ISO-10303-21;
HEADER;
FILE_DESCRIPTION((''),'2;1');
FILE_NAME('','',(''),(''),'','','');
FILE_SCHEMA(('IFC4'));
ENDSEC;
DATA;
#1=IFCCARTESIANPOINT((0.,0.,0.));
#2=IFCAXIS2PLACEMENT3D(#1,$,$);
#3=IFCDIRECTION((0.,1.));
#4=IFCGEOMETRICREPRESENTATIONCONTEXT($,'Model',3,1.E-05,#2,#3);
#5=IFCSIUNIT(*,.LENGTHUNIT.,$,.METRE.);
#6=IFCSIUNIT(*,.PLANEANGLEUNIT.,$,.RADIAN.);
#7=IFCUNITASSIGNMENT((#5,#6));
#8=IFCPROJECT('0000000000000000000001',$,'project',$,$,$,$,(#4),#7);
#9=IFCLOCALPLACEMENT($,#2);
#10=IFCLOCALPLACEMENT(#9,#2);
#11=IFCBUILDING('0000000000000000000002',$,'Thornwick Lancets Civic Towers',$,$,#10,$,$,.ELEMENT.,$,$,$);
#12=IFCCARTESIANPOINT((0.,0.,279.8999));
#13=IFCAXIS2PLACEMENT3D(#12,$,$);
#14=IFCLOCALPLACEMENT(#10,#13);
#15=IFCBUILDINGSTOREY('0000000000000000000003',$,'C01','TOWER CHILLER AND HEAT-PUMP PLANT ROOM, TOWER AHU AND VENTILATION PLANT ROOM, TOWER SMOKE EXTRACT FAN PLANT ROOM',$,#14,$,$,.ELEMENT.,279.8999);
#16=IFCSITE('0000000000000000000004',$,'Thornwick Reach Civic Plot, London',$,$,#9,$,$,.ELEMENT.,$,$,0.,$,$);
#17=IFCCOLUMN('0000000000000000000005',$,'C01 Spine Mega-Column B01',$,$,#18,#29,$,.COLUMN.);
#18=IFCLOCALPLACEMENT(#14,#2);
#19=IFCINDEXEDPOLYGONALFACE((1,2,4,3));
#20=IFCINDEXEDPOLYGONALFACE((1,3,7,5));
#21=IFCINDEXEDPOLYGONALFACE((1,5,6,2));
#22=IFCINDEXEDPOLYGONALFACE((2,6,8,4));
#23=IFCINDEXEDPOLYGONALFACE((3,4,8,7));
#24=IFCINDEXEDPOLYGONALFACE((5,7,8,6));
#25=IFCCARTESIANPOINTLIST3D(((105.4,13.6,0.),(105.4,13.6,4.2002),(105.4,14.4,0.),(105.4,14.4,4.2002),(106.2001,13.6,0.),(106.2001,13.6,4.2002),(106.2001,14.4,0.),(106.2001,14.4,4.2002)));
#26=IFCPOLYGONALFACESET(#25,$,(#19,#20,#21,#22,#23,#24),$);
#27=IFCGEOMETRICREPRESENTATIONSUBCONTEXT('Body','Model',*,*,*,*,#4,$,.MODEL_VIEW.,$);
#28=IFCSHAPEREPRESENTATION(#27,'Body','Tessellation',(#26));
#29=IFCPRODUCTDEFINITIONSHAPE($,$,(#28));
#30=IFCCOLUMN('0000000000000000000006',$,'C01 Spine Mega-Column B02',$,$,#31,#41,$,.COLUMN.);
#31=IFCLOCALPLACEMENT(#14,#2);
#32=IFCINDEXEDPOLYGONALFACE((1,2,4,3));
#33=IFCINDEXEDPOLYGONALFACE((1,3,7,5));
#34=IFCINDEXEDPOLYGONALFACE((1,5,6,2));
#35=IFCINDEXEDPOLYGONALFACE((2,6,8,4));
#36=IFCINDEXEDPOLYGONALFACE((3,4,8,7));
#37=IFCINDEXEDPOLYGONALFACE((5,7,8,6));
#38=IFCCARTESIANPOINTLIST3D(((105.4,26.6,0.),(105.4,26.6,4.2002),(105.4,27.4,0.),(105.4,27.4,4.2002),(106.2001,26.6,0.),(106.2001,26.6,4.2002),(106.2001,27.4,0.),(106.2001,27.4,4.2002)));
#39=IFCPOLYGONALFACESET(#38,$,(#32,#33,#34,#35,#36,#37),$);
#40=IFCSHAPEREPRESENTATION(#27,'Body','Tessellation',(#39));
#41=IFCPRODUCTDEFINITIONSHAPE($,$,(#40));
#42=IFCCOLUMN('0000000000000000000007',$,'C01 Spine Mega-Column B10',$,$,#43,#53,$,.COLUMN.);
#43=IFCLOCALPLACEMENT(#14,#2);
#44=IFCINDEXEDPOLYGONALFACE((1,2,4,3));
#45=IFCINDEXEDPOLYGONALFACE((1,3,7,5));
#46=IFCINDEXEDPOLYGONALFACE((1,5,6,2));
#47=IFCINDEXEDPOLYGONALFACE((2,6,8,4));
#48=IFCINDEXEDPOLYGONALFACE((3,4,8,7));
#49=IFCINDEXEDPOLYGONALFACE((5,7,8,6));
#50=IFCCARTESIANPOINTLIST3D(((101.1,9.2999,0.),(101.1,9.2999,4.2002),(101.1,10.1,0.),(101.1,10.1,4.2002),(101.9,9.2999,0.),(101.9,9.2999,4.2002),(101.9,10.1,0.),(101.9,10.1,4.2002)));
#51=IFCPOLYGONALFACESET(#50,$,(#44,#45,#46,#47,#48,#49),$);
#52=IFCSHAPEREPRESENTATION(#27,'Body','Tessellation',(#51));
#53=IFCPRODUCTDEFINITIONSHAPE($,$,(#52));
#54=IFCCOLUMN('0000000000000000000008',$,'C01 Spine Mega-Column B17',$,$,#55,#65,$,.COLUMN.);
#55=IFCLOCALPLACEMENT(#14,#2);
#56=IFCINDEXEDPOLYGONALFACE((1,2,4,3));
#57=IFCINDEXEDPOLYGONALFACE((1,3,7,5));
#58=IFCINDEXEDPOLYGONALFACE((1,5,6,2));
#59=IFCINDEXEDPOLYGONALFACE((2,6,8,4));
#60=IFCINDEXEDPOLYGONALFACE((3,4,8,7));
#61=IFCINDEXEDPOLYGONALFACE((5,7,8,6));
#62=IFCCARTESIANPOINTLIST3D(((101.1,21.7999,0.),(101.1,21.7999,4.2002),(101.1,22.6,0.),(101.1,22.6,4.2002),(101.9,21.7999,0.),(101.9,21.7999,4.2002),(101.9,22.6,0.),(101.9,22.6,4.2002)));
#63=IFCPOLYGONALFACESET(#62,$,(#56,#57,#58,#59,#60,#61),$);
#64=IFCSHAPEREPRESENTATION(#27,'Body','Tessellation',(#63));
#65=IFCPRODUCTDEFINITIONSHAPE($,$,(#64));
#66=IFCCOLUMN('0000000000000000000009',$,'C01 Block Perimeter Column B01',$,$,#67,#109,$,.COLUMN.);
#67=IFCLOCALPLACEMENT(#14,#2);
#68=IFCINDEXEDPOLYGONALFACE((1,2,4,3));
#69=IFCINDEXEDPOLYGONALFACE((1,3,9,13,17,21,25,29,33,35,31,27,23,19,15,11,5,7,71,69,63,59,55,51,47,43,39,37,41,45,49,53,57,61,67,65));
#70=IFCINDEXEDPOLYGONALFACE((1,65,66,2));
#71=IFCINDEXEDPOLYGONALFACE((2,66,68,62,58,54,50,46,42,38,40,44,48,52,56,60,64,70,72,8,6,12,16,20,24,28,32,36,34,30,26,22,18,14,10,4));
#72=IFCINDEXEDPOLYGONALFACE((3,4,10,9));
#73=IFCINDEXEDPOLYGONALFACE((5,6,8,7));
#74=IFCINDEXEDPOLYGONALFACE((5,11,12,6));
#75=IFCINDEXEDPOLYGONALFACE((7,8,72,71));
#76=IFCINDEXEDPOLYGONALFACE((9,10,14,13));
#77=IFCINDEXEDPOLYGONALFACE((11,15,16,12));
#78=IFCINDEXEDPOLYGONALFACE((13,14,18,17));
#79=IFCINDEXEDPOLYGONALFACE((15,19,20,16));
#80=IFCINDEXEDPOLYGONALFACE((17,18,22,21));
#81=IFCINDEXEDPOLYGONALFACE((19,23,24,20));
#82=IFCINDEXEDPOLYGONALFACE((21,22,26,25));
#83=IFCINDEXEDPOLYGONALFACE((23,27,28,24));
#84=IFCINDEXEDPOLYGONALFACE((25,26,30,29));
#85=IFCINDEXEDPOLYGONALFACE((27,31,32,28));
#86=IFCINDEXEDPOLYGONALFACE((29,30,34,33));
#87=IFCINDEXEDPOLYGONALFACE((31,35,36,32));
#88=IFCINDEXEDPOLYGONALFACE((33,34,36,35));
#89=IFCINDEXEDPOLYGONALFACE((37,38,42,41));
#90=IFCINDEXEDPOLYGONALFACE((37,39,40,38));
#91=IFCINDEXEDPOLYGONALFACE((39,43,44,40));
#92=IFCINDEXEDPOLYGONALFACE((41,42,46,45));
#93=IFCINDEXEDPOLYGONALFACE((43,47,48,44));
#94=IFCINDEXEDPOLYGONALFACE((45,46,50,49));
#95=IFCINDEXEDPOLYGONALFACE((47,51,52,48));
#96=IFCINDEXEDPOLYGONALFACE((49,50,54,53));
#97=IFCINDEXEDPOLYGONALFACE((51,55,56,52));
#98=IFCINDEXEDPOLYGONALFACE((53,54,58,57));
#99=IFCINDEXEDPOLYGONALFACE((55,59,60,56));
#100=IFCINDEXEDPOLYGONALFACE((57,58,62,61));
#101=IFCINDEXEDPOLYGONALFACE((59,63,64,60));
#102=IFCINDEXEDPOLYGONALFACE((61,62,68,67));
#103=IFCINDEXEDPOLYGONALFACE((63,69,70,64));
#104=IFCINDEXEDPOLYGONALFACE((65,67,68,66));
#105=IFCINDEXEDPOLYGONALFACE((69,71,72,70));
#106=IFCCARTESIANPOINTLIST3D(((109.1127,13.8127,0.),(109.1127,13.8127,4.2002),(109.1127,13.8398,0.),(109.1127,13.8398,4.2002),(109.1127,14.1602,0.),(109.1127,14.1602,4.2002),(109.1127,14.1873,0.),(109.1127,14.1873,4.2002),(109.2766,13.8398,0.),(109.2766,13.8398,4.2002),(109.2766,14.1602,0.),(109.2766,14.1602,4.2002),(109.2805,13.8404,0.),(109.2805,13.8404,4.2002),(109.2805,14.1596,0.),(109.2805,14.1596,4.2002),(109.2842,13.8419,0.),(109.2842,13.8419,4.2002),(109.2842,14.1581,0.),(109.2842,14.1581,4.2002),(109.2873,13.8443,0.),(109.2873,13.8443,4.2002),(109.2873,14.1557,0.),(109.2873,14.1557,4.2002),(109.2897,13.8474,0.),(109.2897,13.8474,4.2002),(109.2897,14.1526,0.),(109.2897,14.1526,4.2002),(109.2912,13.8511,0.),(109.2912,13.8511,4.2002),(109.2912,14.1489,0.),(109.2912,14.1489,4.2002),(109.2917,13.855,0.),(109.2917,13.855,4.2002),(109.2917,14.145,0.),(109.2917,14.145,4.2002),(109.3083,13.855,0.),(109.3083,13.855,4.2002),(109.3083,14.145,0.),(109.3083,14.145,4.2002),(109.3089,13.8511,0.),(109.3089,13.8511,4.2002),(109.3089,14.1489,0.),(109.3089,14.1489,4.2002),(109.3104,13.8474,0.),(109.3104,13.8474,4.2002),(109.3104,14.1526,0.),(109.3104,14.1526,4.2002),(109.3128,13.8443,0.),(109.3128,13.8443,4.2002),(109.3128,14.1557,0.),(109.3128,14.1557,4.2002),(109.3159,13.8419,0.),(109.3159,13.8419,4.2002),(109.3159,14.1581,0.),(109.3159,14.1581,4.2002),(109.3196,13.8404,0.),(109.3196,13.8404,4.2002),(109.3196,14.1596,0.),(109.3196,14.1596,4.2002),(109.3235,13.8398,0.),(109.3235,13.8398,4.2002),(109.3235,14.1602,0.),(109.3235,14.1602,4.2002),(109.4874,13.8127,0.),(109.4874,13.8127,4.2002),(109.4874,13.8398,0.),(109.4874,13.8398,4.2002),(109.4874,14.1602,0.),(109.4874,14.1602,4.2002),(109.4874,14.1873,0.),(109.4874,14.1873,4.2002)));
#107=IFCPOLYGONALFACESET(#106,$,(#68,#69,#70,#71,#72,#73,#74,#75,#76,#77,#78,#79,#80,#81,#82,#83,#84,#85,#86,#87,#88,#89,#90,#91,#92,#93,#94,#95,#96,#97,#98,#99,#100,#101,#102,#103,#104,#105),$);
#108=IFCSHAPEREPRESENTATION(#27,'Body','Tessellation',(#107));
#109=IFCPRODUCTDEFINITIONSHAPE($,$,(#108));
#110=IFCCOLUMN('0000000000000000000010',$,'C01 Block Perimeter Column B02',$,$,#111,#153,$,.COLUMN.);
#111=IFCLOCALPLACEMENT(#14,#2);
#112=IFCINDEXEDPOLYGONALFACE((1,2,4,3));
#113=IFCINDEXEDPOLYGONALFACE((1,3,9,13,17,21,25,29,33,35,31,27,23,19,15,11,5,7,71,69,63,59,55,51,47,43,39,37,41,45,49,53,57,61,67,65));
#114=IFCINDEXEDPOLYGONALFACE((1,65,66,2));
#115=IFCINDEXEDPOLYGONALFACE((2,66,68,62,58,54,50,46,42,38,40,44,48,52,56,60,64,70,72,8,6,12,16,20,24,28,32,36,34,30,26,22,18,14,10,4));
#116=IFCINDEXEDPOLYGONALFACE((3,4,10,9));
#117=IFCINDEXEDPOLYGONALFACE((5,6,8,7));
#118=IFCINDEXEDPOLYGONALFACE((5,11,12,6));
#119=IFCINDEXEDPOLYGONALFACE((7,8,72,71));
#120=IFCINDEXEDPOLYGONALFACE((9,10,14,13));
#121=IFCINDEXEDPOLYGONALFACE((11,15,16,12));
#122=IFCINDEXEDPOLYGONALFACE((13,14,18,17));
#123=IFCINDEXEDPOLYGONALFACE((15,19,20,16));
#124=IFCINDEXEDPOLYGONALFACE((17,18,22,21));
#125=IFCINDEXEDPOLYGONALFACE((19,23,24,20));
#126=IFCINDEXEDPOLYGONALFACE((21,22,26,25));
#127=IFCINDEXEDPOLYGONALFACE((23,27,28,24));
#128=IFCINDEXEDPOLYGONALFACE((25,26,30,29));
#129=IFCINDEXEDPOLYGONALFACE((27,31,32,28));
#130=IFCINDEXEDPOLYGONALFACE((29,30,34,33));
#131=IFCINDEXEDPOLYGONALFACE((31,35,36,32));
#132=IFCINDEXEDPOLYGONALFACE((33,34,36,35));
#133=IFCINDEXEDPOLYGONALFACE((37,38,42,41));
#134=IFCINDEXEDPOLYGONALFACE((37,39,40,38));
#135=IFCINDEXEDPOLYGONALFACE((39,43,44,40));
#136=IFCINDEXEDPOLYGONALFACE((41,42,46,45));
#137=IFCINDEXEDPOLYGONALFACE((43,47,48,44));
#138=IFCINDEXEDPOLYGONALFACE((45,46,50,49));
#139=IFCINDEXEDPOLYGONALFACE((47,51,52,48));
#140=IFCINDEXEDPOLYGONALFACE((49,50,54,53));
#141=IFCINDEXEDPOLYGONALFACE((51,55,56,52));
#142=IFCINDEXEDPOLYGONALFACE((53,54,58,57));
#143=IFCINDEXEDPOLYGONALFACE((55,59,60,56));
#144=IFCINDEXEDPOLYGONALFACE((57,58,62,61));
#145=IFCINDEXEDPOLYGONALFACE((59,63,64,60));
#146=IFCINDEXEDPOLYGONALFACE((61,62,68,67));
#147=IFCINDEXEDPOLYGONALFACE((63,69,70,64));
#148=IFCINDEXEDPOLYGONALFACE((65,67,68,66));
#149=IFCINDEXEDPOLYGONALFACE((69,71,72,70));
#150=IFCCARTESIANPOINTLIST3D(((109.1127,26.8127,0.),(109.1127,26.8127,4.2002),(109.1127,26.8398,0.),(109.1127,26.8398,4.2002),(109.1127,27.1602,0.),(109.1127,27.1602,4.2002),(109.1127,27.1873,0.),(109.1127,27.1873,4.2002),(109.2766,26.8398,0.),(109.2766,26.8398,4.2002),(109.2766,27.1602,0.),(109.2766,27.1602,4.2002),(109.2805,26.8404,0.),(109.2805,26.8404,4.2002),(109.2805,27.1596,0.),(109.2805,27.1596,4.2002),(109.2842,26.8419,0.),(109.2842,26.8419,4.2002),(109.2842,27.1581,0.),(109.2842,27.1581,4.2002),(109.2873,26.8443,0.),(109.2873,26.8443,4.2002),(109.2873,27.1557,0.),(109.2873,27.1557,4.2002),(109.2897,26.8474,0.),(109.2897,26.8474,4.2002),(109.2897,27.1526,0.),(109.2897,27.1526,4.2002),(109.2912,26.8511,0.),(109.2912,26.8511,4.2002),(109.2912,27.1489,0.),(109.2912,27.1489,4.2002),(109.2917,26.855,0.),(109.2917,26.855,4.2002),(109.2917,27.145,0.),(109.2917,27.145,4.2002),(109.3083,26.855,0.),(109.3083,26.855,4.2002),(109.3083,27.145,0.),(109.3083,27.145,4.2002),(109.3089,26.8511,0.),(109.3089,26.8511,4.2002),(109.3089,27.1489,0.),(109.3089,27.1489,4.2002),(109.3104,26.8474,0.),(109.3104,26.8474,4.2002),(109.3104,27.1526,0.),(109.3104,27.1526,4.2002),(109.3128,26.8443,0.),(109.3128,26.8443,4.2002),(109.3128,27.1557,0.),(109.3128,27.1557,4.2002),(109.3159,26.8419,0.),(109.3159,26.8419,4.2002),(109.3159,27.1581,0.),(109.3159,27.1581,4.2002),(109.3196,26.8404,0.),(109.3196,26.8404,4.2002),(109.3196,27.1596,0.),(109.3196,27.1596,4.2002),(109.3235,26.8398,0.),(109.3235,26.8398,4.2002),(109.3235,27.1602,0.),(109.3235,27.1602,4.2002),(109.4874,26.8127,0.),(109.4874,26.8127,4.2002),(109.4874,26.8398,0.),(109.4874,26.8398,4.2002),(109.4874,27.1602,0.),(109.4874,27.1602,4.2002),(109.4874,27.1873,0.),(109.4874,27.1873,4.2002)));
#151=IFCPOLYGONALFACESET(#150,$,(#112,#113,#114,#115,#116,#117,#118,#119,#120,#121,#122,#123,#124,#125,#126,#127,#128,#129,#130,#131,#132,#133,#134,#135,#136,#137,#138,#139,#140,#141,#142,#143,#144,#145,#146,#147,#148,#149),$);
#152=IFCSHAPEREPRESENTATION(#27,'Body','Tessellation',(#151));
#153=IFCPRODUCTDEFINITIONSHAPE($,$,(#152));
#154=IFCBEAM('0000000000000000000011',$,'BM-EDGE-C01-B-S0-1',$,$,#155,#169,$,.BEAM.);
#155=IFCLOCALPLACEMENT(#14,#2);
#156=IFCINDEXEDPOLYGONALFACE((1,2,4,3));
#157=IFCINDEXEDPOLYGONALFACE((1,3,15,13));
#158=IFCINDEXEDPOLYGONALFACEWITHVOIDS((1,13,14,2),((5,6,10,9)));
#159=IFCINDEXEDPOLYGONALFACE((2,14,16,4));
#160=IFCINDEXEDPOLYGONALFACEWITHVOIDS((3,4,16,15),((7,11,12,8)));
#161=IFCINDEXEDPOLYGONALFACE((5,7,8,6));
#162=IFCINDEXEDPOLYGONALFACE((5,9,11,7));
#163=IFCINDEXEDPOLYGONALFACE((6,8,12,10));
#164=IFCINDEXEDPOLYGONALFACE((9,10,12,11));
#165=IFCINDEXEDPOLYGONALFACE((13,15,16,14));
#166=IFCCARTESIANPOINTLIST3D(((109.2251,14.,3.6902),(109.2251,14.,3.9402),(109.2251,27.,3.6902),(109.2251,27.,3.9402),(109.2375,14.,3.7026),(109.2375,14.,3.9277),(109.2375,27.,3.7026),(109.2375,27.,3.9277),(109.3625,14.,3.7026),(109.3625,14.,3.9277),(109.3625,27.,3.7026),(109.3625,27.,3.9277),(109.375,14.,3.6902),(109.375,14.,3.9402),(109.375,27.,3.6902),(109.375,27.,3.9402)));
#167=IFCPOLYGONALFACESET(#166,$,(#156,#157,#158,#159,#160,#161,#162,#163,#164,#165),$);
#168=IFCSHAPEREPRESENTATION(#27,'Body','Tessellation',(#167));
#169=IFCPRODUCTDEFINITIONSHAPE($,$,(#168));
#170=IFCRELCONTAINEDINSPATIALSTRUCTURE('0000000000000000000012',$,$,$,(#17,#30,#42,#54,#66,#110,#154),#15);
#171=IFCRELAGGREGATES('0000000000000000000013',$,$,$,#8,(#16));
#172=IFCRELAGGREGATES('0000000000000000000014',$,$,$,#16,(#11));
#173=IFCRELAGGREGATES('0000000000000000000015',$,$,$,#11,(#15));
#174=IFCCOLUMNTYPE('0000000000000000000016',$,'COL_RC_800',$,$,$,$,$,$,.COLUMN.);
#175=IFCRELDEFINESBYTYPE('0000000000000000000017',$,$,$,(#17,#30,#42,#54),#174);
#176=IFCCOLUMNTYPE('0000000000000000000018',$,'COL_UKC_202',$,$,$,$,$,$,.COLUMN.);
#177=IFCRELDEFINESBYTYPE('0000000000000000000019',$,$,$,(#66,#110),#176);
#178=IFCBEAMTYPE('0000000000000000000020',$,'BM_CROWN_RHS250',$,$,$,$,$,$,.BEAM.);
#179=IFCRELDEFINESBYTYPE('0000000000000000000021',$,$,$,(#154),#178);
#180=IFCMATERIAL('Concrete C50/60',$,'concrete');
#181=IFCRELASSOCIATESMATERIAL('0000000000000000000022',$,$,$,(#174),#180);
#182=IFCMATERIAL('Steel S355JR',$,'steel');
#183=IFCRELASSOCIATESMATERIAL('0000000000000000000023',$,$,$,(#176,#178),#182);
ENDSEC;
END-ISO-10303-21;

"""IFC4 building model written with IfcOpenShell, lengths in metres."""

from ifc_helpers import new_model, si_unit, direction, frame, origin, origin_2d, place, context, subcontext, project, spatial, rectangle, hollow_rectangle, i_section, extrude, material, material_profile, profile_set, type_object, element, save


model = new_model("IFC4")

# Units and contexts
model_context = context("Model", 3, precision=1e-05, world=origin(), true_north=direction((0.0, 1.0)))
body_context = subcontext(model_context, "Body", "Model", "MODEL_VIEW")
ifc_project = project(units=[si_unit("LENGTHUNIT", "METRE"), si_unit("PLANEANGLEUNIT", "RADIAN")], contexts=[model_context])

# Site, building, storey
site_placement = place(None, origin())
site = spatial("IfcSite", under=ifc_project, at=site_placement, Name="Thornwick Reach Civic Plot, London", CompositionType="ELEMENT", RefElevation=0.0)
building_placement = place(site_placement, origin())
building = spatial("IfcBuilding", under=site, at=building_placement, Name="Thornwick Lancets Civic Towers", CompositionType="ELEMENT")
storey_placement = place(building_placement, frame((0.0, 0.0, 279.8999)))
storey = spatial("IfcBuildingStorey", under=building, at=storey_placement, Name="C01", Description="TOWER CHILLER AND HEAT-PUMP PLANT ROOM, TOWER AHU AND VENTILATION PLANT ROOM, TOWER SMOKE EXTRACT FAN PLANT ROOM", CompositionType="ELEMENT", Elevation=279.8999)

# Columns
ifc_material_1 = material(Name="Concrete C50/60", Category="concrete")
ifc_material_profile_1 = material_profile(ifc_material_1, rectangle(XDim=0.8, YDim=0.8, at=origin_2d()), Name="RC 800x800")
ifc_profile_set_1 = profile_set([ifc_material_profile_1], Name="Concrete C50/60")
column_type_1 = type_object("IfcColumnType", Name="COL_RC_800", PredefinedType="COLUMN", material=ifc_profile_set_1)
for number, where, z_axis, x_axis, name in (
    (1, (105.8, 14.0, 0.0), (0.0, 0.0, 1.0), (1.0, 0.0, 0.0), "C01 Spine Mega-Column B01"),
    (2, (105.8, 27.0, 0.0), (0.0, 0.0, 1.0), (1.0, 0.0, 0.0), "C01 Spine Mega-Column B02"),
    (3, (101.5, 9.7, 0.0), (0.0, 0.0, 1.0), (1.0, 0.0, 0.0), "C01 Spine Mega-Column B10"),
    (4, (101.5, 22.2, 0.0), (0.0, 0.0, 1.0), (1.0, 0.0, 0.0), "C01 Spine Mega-Column B17"),
):
    element("IfcColumn", number, at=place(storey_placement, frame(where, z_axis=z_axis, x_axis=x_axis)), inside=storey, type_object=column_type_1, Name=name, PredefinedType="COLUMN", context=body_context, shape_type="SweptSolid", body=[
        extrude(rectangle(XDim=0.8, YDim=0.8, at=origin_2d()), origin(), (0.0, 0.0, 1.0), 4.2002),
    ])
ifc_material_2 = material(Name="Steel S355JR", Category="steel")
ifc_material_profile_2 = material_profile(ifc_material_2, i_section(OverallWidth=0.3748, OverallDepth=0.3745, WebThickness=0.0166, FlangeThickness=0.0271, FilletRadius=0.0151, at=origin_2d()), Name="UKC 356x368x202")
ifc_profile_set_2 = profile_set([ifc_material_profile_2], Name="Steel S355JR")
column_type_2 = type_object("IfcColumnType", Name="COL_UKC_202", PredefinedType="COLUMN", material=ifc_profile_set_2)
for number, where, z_axis, x_axis, name in (
    (5, (109.3, 14.0, 0.0), (0.0, 0.0, 1.0), (1.0, 0.0, 0.0), "C01 Block Perimeter Column B01"),
    (6, (109.3, 27.0, 0.0), (0.0, 0.0, 1.0), (1.0, 0.0, 0.0), "C01 Block Perimeter Column B02"),
):
    element("IfcColumn", number, at=place(storey_placement, frame(where, z_axis=z_axis, x_axis=x_axis)), inside=storey, type_object=column_type_2, Name=name, PredefinedType="COLUMN", context=body_context, shape_type="SweptSolid", body=[
        extrude(i_section(OverallWidth=0.3748, OverallDepth=0.3745, WebThickness=0.0166, FlangeThickness=0.0271, FilletRadius=0.0151, at=origin_2d()), origin(), (0.0, 0.0, 1.0), 4.2002),
    ])

# Beam
ifc_material_profile_3 = material_profile(ifc_material_2, hollow_rectangle(XDim=0.1499, YDim=0.25, WallThickness=0.0125, at=origin_2d()), Name="RHS 250x150x12.5")
ifc_profile_set_3 = profile_set([ifc_material_profile_3], Name="Steel S355JR")
beam_type_1 = type_object("IfcBeamType", Name="BM_CROWN_RHS250", PredefinedType="BEAM", material=ifc_profile_set_3)
beam_1_placement = place(storey_placement, frame((109.3, 14.0, 3.8152), z_axis=(0.0, 1.0, 0.0), x_axis=(-1.0, 0.0, 0.0)))
element("IfcBeam", 7, at=beam_1_placement, inside=storey, type_object=beam_type_1, Name="BM-EDGE-C01-B-S0-1", PredefinedType="BEAM", context=body_context, shape_type="SweptSolid", body=[
    extrude(hollow_rectangle(XDim=0.1499, YDim=0.25, WallThickness=0.0125, at=origin_2d()), origin(), (0.0, 0.0, 1.0), 13.0),
])

save(model, "model.ifc")
